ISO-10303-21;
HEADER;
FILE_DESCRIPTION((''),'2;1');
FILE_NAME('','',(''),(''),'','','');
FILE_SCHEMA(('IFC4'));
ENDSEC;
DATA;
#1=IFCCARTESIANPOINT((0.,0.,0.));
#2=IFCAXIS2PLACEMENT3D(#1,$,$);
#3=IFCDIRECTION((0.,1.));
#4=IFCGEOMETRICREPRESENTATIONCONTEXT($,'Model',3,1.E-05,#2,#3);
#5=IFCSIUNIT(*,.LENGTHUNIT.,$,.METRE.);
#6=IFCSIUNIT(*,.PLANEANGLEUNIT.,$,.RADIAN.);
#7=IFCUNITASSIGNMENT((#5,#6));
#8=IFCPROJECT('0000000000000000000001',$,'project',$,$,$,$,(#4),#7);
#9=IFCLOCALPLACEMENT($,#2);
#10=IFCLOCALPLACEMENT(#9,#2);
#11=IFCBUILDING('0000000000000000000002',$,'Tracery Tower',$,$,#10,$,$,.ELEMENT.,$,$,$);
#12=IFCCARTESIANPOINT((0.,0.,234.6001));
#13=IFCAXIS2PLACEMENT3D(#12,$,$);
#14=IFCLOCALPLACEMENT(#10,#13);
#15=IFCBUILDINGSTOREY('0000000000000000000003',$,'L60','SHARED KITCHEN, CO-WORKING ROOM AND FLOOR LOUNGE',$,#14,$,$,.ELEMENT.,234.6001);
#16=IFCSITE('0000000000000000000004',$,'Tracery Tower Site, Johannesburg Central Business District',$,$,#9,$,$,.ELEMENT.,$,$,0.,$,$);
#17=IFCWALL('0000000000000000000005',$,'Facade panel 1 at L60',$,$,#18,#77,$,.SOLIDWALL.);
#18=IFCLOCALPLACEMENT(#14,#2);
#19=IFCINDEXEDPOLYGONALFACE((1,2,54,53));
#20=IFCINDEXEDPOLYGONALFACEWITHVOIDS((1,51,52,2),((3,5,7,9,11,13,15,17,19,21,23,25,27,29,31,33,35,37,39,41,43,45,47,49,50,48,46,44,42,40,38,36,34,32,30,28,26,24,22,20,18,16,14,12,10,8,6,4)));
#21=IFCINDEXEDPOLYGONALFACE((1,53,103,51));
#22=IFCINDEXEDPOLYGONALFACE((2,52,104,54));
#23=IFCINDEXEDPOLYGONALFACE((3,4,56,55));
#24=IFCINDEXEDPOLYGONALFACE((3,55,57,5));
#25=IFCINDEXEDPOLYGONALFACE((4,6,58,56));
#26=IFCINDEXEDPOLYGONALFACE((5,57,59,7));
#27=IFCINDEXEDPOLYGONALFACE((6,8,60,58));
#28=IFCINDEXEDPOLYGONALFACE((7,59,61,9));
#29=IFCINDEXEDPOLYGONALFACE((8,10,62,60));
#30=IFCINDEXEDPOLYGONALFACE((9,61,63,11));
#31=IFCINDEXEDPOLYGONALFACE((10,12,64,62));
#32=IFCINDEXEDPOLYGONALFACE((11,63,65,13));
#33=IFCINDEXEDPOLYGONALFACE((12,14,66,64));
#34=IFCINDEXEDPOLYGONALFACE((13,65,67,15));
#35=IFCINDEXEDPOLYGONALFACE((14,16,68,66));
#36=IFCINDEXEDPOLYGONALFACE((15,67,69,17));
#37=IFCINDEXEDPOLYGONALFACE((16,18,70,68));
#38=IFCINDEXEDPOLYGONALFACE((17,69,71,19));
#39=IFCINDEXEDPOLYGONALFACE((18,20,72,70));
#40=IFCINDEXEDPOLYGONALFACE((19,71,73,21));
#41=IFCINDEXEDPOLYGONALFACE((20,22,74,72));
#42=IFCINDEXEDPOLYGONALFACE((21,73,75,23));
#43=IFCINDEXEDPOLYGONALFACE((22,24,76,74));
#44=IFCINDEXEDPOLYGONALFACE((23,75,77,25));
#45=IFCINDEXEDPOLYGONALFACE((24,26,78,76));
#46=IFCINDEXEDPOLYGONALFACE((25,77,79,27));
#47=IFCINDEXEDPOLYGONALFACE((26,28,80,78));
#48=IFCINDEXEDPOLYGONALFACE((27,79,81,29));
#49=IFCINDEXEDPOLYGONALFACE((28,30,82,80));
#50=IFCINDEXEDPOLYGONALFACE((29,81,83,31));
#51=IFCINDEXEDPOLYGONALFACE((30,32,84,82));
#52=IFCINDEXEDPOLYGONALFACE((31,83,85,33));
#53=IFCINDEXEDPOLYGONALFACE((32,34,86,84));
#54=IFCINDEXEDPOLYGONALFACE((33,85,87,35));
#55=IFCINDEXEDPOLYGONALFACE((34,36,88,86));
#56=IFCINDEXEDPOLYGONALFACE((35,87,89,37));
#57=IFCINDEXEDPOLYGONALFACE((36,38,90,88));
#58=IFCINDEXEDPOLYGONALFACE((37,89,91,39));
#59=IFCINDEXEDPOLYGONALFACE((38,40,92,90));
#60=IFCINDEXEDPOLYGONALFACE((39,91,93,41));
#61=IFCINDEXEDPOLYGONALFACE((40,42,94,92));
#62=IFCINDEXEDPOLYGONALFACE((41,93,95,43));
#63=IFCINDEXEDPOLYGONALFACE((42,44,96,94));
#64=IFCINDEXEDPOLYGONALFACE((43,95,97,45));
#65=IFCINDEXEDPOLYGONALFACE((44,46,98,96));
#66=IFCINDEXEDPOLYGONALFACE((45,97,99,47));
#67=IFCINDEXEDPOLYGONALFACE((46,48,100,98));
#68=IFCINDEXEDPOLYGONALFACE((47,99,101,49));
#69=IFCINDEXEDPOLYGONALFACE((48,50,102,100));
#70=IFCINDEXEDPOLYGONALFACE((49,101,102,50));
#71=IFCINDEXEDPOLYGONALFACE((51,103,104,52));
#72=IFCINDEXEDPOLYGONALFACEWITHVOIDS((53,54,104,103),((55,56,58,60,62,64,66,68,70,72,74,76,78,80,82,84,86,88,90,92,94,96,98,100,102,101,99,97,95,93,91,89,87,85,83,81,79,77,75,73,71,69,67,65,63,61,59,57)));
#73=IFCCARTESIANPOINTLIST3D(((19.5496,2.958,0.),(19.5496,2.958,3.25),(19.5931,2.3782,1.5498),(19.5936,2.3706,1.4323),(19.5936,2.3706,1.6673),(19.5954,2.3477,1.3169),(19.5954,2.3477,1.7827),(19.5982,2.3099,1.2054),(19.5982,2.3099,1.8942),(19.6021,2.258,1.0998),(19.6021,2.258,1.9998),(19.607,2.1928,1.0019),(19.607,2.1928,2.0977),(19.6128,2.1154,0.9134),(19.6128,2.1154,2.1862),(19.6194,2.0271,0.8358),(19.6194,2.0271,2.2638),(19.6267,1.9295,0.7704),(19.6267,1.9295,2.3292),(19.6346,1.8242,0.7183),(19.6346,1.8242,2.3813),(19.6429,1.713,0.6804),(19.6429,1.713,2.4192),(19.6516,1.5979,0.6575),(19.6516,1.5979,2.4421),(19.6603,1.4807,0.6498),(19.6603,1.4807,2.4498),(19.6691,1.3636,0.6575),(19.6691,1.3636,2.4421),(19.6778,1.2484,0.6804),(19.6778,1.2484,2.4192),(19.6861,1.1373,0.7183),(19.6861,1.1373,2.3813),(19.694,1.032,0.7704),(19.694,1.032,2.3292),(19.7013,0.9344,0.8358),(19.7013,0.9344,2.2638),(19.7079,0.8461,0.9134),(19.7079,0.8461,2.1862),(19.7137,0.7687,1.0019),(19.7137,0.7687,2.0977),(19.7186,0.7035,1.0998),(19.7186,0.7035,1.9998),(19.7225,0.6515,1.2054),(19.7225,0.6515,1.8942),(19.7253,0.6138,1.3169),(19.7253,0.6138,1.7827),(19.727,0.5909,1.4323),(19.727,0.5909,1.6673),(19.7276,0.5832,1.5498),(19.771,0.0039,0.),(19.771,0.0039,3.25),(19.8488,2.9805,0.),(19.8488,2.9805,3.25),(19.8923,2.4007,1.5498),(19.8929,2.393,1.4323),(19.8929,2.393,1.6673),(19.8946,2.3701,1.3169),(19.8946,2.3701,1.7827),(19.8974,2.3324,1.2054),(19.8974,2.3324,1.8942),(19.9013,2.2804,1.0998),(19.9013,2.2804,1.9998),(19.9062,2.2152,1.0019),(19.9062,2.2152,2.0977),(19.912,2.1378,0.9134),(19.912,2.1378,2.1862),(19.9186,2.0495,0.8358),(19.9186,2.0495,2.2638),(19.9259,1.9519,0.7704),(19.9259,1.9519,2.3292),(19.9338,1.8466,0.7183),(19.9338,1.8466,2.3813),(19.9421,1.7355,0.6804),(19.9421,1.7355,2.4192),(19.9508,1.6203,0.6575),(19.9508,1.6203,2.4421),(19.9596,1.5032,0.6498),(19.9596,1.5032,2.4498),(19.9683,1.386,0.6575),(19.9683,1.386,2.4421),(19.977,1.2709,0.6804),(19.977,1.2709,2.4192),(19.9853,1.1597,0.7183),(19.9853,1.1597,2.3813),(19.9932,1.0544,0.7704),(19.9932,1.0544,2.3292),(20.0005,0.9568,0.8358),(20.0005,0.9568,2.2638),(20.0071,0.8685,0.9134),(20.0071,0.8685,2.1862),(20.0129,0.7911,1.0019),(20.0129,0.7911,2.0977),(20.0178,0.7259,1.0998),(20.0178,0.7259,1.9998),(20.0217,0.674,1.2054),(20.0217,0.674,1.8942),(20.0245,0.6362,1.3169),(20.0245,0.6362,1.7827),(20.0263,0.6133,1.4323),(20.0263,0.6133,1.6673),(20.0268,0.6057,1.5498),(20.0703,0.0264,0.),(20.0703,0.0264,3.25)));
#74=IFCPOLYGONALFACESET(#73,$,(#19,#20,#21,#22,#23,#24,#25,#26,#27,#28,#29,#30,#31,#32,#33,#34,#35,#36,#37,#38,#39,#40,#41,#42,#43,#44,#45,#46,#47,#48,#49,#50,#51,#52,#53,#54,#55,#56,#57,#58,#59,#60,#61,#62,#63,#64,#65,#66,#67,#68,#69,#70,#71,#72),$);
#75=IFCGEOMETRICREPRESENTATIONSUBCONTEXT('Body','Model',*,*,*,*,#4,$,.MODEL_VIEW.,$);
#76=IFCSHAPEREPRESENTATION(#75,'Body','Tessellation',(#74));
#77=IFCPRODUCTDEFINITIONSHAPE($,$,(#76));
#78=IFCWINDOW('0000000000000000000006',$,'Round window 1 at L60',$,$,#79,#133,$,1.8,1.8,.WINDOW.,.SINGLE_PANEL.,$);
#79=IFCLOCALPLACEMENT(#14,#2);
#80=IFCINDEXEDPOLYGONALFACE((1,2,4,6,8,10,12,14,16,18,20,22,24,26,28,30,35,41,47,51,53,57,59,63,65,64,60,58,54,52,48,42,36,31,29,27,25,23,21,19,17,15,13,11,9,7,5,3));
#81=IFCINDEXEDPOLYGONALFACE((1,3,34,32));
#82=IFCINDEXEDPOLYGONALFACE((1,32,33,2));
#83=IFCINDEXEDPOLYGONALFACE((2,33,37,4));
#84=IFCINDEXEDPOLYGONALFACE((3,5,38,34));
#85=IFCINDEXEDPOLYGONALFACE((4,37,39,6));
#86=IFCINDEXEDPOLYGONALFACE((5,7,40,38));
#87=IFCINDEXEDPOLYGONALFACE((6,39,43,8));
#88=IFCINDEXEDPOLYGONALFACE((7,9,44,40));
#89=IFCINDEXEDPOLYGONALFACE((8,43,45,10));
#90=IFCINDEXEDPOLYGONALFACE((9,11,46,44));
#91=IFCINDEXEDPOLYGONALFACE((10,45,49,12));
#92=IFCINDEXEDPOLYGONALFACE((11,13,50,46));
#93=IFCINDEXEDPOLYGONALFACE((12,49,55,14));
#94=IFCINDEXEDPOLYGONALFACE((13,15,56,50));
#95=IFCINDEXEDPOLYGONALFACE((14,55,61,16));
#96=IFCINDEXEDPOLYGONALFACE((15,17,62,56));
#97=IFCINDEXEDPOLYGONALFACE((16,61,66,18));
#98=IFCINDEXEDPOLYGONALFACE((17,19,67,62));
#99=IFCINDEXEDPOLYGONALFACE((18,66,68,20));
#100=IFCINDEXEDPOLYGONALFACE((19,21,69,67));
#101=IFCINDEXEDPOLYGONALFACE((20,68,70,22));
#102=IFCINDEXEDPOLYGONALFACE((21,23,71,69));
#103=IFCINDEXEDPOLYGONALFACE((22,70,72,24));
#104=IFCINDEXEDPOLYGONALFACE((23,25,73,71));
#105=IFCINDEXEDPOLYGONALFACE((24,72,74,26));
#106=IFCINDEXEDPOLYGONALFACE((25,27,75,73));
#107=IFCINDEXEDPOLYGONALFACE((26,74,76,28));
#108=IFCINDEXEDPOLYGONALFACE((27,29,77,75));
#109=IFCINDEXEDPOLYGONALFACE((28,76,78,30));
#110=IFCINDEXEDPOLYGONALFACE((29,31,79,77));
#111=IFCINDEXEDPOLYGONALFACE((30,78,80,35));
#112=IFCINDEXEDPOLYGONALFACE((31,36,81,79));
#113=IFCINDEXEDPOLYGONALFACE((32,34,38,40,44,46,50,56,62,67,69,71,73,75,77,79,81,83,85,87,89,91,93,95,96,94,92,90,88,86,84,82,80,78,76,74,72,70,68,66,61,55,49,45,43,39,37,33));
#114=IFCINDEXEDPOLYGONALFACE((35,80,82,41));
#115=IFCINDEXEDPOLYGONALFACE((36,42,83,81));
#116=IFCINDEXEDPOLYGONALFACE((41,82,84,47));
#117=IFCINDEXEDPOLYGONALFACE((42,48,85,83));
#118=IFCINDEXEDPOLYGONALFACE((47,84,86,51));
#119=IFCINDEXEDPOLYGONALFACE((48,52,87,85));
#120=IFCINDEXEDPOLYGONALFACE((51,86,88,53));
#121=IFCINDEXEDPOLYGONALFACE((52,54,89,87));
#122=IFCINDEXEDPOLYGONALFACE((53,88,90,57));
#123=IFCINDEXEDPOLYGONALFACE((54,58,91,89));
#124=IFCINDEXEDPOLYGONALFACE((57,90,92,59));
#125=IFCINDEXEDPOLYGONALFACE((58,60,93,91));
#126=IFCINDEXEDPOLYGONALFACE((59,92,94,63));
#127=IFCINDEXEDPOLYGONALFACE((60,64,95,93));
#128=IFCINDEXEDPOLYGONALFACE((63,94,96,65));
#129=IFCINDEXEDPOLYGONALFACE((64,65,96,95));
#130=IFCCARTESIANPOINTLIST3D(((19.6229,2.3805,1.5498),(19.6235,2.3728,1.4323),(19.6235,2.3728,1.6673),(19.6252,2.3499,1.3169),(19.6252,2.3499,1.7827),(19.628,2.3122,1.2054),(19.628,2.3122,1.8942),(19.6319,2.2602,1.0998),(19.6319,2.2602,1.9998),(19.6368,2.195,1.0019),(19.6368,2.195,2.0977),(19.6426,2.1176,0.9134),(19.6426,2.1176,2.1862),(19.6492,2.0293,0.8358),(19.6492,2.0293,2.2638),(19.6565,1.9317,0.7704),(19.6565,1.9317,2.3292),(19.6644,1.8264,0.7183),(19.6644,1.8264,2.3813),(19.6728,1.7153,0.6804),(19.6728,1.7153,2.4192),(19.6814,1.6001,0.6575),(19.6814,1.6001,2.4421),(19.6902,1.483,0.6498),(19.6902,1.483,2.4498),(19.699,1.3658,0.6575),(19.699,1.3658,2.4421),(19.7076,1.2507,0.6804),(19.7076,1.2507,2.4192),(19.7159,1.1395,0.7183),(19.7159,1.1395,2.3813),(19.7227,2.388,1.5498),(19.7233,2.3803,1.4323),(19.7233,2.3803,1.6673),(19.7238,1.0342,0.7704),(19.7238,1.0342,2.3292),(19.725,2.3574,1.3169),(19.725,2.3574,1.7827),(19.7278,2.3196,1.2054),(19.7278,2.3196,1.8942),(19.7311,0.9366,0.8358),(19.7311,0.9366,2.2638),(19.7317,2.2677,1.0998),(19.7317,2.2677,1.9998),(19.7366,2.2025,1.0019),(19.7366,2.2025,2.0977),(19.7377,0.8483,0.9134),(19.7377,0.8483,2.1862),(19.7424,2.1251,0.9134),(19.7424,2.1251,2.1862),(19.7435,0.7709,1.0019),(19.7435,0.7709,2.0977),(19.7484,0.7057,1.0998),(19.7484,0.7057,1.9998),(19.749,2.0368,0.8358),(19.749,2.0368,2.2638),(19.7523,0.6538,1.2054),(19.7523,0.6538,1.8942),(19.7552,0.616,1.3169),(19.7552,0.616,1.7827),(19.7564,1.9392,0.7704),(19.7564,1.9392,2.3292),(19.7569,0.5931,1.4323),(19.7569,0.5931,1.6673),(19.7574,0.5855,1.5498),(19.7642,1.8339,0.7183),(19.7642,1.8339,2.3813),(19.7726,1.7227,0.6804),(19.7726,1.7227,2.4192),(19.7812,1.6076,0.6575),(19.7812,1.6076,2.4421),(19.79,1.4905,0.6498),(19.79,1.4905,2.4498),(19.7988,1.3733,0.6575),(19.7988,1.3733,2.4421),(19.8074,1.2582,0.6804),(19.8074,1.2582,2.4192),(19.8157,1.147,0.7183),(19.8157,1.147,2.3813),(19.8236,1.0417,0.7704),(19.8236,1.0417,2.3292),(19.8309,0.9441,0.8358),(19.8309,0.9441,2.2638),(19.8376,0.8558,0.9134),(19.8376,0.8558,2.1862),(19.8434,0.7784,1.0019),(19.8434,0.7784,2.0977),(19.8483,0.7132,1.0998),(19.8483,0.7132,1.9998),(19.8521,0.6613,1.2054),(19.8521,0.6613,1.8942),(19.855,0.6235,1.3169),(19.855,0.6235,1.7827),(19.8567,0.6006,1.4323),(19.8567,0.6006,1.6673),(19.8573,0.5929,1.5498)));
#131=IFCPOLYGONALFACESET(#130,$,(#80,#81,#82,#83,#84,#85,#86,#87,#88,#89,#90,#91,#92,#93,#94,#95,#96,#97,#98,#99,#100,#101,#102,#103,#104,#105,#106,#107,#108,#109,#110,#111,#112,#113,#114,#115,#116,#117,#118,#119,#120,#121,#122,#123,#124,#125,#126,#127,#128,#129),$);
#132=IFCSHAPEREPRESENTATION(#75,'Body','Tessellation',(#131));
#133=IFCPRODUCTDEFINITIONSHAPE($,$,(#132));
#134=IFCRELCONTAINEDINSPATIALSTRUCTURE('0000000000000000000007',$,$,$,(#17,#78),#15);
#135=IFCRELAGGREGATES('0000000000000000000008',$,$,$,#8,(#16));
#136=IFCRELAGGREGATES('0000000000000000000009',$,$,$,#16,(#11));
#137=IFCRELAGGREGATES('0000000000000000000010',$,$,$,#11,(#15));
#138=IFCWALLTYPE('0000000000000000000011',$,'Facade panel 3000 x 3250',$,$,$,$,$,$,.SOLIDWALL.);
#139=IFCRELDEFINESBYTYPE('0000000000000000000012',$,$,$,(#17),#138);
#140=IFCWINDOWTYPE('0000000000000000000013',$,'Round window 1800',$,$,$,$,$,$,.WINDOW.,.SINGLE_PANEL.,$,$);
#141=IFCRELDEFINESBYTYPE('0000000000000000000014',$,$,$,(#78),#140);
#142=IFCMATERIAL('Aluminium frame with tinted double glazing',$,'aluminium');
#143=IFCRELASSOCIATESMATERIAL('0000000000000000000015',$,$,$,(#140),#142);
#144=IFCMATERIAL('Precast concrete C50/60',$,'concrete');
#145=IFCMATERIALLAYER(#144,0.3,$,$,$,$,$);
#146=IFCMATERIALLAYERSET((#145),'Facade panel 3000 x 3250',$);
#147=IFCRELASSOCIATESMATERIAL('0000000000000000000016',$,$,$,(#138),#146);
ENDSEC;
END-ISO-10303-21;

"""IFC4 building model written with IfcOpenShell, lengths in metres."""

from ifc_helpers import new_model, si_unit, direction, frame, frame_2d, origin, origin_2d, place, context, subcontext, project, spatial, rectangle, circle, extrude, material, layer, layer_set, type_object, element, fill, save


model = new_model("IFC4")

# Units and contexts
model_context = context("Model", 3, precision=1e-05, world=origin(), true_north=direction((0.0, 1.0)))
body_context = subcontext(model_context, "Body", "Model", "MODEL_VIEW")
ifc_project = project(units=[si_unit("LENGTHUNIT", "METRE"), si_unit("PLANEANGLEUNIT", "RADIAN")], contexts=[model_context])

# Site, building, storey
site_placement = place(None, origin())
site = spatial("IfcSite", under=ifc_project, at=site_placement, Name="Tracery Tower Site, Johannesburg Central Business District", CompositionType="ELEMENT", RefElevation=0.0)
building_placement = place(site_placement, origin())
building = spatial("IfcBuilding", under=site, at=building_placement, Name="Tracery Tower", CompositionType="ELEMENT")
storey_placement = place(building_placement, frame((0.0, 0.0, 234.6001)))
storey = spatial("IfcBuildingStorey", under=building, at=storey_placement, Name="L60", Description="SHARED KITCHEN, CO-WORKING ROOM AND FLOOR LOUNGE", CompositionType="ELEMENT", Elevation=234.6001)

# Wall, opening, window
ifc_material_1 = material(Name="Aluminium frame with tinted double glazing", Category="aluminium")
window_type = type_object("IfcWindowType", Name="Round window 1800", PartitioningType="SINGLE_PANEL", PredefinedType="WINDOW", material=ifc_material_1)
ifc_material_2 = material(Name="Precast concrete C50/60", Category="concrete")
ifc_layer_1 = layer(ifc_material_2, 0.3)
ifc_layer_set_1 = layer_set([ifc_layer_1], Name="Facade panel 3000 x 3250")
wall_type_1 = type_object("IfcWallType", Name="Facade panel 3000 x 3250", PredefinedType="SOLIDWALL", material=ifc_layer_set_1)
wall_1_placement = place(storey_placement, frame((19.9207, 0.0151, 0.0), z_axis=(0.0, 0.0, 1.0), x_axis=(-0.074749, 0.997202, 0.0)))
wall_1 = element("IfcWall", 1, at=wall_1_placement, inside=storey, type_object=wall_type_1, Name="Facade panel 1 at L60", PredefinedType="SOLIDWALL", context=body_context, shape_type="SweptSolid", body=[
    extrude(rectangle(XDim=2.9624, YDim=0.3, at=frame_2d((1.4812, 0.0))), origin(), (0.0, 0.0, 1.0), 3.25),
])
opening_1_placement = place(wall_1_placement, frame((1.481, 0.0, 1.5498)))
opening_1 = element("IfcOpeningElement", 2, at=opening_1_placement, cuts=wall_1, PredefinedType="OPENING", context=body_context, shape_type="SweptSolid", body=[
    extrude(circle(Radius=0.9, at=origin_2d()), frame((0.0, 0.1599, 0.0), z_axis=(0.0, -1.0, 0.0), x_axis=(1.0, 0.0, 0.0)), (0.0, 0.0, 1.0), 0.3201),
])
window_1_placement = place(opening_1_placement, origin())
window_1 = element("IfcWindow", 3, at=window_1_placement, inside=storey, type_object=window_type, Name="Round window 1 at L60", OverallHeight=1.8, OverallWidth=1.8, PartitioningType="SINGLE_PANEL", PredefinedType="WINDOW", context=body_context, shape_type="SweptSolid", body=[
    extrude(circle(Radius=0.9, at=origin_2d()), frame((0.0, 0.1201, 0.0), z_axis=(0.0, -1.0, 0.0), x_axis=(1.0, 0.0, 0.0)), (0.0, 0.0, 1.0), 0.1001),
])
fill(opening_1, window_1)

save(model, "model.ifc")
